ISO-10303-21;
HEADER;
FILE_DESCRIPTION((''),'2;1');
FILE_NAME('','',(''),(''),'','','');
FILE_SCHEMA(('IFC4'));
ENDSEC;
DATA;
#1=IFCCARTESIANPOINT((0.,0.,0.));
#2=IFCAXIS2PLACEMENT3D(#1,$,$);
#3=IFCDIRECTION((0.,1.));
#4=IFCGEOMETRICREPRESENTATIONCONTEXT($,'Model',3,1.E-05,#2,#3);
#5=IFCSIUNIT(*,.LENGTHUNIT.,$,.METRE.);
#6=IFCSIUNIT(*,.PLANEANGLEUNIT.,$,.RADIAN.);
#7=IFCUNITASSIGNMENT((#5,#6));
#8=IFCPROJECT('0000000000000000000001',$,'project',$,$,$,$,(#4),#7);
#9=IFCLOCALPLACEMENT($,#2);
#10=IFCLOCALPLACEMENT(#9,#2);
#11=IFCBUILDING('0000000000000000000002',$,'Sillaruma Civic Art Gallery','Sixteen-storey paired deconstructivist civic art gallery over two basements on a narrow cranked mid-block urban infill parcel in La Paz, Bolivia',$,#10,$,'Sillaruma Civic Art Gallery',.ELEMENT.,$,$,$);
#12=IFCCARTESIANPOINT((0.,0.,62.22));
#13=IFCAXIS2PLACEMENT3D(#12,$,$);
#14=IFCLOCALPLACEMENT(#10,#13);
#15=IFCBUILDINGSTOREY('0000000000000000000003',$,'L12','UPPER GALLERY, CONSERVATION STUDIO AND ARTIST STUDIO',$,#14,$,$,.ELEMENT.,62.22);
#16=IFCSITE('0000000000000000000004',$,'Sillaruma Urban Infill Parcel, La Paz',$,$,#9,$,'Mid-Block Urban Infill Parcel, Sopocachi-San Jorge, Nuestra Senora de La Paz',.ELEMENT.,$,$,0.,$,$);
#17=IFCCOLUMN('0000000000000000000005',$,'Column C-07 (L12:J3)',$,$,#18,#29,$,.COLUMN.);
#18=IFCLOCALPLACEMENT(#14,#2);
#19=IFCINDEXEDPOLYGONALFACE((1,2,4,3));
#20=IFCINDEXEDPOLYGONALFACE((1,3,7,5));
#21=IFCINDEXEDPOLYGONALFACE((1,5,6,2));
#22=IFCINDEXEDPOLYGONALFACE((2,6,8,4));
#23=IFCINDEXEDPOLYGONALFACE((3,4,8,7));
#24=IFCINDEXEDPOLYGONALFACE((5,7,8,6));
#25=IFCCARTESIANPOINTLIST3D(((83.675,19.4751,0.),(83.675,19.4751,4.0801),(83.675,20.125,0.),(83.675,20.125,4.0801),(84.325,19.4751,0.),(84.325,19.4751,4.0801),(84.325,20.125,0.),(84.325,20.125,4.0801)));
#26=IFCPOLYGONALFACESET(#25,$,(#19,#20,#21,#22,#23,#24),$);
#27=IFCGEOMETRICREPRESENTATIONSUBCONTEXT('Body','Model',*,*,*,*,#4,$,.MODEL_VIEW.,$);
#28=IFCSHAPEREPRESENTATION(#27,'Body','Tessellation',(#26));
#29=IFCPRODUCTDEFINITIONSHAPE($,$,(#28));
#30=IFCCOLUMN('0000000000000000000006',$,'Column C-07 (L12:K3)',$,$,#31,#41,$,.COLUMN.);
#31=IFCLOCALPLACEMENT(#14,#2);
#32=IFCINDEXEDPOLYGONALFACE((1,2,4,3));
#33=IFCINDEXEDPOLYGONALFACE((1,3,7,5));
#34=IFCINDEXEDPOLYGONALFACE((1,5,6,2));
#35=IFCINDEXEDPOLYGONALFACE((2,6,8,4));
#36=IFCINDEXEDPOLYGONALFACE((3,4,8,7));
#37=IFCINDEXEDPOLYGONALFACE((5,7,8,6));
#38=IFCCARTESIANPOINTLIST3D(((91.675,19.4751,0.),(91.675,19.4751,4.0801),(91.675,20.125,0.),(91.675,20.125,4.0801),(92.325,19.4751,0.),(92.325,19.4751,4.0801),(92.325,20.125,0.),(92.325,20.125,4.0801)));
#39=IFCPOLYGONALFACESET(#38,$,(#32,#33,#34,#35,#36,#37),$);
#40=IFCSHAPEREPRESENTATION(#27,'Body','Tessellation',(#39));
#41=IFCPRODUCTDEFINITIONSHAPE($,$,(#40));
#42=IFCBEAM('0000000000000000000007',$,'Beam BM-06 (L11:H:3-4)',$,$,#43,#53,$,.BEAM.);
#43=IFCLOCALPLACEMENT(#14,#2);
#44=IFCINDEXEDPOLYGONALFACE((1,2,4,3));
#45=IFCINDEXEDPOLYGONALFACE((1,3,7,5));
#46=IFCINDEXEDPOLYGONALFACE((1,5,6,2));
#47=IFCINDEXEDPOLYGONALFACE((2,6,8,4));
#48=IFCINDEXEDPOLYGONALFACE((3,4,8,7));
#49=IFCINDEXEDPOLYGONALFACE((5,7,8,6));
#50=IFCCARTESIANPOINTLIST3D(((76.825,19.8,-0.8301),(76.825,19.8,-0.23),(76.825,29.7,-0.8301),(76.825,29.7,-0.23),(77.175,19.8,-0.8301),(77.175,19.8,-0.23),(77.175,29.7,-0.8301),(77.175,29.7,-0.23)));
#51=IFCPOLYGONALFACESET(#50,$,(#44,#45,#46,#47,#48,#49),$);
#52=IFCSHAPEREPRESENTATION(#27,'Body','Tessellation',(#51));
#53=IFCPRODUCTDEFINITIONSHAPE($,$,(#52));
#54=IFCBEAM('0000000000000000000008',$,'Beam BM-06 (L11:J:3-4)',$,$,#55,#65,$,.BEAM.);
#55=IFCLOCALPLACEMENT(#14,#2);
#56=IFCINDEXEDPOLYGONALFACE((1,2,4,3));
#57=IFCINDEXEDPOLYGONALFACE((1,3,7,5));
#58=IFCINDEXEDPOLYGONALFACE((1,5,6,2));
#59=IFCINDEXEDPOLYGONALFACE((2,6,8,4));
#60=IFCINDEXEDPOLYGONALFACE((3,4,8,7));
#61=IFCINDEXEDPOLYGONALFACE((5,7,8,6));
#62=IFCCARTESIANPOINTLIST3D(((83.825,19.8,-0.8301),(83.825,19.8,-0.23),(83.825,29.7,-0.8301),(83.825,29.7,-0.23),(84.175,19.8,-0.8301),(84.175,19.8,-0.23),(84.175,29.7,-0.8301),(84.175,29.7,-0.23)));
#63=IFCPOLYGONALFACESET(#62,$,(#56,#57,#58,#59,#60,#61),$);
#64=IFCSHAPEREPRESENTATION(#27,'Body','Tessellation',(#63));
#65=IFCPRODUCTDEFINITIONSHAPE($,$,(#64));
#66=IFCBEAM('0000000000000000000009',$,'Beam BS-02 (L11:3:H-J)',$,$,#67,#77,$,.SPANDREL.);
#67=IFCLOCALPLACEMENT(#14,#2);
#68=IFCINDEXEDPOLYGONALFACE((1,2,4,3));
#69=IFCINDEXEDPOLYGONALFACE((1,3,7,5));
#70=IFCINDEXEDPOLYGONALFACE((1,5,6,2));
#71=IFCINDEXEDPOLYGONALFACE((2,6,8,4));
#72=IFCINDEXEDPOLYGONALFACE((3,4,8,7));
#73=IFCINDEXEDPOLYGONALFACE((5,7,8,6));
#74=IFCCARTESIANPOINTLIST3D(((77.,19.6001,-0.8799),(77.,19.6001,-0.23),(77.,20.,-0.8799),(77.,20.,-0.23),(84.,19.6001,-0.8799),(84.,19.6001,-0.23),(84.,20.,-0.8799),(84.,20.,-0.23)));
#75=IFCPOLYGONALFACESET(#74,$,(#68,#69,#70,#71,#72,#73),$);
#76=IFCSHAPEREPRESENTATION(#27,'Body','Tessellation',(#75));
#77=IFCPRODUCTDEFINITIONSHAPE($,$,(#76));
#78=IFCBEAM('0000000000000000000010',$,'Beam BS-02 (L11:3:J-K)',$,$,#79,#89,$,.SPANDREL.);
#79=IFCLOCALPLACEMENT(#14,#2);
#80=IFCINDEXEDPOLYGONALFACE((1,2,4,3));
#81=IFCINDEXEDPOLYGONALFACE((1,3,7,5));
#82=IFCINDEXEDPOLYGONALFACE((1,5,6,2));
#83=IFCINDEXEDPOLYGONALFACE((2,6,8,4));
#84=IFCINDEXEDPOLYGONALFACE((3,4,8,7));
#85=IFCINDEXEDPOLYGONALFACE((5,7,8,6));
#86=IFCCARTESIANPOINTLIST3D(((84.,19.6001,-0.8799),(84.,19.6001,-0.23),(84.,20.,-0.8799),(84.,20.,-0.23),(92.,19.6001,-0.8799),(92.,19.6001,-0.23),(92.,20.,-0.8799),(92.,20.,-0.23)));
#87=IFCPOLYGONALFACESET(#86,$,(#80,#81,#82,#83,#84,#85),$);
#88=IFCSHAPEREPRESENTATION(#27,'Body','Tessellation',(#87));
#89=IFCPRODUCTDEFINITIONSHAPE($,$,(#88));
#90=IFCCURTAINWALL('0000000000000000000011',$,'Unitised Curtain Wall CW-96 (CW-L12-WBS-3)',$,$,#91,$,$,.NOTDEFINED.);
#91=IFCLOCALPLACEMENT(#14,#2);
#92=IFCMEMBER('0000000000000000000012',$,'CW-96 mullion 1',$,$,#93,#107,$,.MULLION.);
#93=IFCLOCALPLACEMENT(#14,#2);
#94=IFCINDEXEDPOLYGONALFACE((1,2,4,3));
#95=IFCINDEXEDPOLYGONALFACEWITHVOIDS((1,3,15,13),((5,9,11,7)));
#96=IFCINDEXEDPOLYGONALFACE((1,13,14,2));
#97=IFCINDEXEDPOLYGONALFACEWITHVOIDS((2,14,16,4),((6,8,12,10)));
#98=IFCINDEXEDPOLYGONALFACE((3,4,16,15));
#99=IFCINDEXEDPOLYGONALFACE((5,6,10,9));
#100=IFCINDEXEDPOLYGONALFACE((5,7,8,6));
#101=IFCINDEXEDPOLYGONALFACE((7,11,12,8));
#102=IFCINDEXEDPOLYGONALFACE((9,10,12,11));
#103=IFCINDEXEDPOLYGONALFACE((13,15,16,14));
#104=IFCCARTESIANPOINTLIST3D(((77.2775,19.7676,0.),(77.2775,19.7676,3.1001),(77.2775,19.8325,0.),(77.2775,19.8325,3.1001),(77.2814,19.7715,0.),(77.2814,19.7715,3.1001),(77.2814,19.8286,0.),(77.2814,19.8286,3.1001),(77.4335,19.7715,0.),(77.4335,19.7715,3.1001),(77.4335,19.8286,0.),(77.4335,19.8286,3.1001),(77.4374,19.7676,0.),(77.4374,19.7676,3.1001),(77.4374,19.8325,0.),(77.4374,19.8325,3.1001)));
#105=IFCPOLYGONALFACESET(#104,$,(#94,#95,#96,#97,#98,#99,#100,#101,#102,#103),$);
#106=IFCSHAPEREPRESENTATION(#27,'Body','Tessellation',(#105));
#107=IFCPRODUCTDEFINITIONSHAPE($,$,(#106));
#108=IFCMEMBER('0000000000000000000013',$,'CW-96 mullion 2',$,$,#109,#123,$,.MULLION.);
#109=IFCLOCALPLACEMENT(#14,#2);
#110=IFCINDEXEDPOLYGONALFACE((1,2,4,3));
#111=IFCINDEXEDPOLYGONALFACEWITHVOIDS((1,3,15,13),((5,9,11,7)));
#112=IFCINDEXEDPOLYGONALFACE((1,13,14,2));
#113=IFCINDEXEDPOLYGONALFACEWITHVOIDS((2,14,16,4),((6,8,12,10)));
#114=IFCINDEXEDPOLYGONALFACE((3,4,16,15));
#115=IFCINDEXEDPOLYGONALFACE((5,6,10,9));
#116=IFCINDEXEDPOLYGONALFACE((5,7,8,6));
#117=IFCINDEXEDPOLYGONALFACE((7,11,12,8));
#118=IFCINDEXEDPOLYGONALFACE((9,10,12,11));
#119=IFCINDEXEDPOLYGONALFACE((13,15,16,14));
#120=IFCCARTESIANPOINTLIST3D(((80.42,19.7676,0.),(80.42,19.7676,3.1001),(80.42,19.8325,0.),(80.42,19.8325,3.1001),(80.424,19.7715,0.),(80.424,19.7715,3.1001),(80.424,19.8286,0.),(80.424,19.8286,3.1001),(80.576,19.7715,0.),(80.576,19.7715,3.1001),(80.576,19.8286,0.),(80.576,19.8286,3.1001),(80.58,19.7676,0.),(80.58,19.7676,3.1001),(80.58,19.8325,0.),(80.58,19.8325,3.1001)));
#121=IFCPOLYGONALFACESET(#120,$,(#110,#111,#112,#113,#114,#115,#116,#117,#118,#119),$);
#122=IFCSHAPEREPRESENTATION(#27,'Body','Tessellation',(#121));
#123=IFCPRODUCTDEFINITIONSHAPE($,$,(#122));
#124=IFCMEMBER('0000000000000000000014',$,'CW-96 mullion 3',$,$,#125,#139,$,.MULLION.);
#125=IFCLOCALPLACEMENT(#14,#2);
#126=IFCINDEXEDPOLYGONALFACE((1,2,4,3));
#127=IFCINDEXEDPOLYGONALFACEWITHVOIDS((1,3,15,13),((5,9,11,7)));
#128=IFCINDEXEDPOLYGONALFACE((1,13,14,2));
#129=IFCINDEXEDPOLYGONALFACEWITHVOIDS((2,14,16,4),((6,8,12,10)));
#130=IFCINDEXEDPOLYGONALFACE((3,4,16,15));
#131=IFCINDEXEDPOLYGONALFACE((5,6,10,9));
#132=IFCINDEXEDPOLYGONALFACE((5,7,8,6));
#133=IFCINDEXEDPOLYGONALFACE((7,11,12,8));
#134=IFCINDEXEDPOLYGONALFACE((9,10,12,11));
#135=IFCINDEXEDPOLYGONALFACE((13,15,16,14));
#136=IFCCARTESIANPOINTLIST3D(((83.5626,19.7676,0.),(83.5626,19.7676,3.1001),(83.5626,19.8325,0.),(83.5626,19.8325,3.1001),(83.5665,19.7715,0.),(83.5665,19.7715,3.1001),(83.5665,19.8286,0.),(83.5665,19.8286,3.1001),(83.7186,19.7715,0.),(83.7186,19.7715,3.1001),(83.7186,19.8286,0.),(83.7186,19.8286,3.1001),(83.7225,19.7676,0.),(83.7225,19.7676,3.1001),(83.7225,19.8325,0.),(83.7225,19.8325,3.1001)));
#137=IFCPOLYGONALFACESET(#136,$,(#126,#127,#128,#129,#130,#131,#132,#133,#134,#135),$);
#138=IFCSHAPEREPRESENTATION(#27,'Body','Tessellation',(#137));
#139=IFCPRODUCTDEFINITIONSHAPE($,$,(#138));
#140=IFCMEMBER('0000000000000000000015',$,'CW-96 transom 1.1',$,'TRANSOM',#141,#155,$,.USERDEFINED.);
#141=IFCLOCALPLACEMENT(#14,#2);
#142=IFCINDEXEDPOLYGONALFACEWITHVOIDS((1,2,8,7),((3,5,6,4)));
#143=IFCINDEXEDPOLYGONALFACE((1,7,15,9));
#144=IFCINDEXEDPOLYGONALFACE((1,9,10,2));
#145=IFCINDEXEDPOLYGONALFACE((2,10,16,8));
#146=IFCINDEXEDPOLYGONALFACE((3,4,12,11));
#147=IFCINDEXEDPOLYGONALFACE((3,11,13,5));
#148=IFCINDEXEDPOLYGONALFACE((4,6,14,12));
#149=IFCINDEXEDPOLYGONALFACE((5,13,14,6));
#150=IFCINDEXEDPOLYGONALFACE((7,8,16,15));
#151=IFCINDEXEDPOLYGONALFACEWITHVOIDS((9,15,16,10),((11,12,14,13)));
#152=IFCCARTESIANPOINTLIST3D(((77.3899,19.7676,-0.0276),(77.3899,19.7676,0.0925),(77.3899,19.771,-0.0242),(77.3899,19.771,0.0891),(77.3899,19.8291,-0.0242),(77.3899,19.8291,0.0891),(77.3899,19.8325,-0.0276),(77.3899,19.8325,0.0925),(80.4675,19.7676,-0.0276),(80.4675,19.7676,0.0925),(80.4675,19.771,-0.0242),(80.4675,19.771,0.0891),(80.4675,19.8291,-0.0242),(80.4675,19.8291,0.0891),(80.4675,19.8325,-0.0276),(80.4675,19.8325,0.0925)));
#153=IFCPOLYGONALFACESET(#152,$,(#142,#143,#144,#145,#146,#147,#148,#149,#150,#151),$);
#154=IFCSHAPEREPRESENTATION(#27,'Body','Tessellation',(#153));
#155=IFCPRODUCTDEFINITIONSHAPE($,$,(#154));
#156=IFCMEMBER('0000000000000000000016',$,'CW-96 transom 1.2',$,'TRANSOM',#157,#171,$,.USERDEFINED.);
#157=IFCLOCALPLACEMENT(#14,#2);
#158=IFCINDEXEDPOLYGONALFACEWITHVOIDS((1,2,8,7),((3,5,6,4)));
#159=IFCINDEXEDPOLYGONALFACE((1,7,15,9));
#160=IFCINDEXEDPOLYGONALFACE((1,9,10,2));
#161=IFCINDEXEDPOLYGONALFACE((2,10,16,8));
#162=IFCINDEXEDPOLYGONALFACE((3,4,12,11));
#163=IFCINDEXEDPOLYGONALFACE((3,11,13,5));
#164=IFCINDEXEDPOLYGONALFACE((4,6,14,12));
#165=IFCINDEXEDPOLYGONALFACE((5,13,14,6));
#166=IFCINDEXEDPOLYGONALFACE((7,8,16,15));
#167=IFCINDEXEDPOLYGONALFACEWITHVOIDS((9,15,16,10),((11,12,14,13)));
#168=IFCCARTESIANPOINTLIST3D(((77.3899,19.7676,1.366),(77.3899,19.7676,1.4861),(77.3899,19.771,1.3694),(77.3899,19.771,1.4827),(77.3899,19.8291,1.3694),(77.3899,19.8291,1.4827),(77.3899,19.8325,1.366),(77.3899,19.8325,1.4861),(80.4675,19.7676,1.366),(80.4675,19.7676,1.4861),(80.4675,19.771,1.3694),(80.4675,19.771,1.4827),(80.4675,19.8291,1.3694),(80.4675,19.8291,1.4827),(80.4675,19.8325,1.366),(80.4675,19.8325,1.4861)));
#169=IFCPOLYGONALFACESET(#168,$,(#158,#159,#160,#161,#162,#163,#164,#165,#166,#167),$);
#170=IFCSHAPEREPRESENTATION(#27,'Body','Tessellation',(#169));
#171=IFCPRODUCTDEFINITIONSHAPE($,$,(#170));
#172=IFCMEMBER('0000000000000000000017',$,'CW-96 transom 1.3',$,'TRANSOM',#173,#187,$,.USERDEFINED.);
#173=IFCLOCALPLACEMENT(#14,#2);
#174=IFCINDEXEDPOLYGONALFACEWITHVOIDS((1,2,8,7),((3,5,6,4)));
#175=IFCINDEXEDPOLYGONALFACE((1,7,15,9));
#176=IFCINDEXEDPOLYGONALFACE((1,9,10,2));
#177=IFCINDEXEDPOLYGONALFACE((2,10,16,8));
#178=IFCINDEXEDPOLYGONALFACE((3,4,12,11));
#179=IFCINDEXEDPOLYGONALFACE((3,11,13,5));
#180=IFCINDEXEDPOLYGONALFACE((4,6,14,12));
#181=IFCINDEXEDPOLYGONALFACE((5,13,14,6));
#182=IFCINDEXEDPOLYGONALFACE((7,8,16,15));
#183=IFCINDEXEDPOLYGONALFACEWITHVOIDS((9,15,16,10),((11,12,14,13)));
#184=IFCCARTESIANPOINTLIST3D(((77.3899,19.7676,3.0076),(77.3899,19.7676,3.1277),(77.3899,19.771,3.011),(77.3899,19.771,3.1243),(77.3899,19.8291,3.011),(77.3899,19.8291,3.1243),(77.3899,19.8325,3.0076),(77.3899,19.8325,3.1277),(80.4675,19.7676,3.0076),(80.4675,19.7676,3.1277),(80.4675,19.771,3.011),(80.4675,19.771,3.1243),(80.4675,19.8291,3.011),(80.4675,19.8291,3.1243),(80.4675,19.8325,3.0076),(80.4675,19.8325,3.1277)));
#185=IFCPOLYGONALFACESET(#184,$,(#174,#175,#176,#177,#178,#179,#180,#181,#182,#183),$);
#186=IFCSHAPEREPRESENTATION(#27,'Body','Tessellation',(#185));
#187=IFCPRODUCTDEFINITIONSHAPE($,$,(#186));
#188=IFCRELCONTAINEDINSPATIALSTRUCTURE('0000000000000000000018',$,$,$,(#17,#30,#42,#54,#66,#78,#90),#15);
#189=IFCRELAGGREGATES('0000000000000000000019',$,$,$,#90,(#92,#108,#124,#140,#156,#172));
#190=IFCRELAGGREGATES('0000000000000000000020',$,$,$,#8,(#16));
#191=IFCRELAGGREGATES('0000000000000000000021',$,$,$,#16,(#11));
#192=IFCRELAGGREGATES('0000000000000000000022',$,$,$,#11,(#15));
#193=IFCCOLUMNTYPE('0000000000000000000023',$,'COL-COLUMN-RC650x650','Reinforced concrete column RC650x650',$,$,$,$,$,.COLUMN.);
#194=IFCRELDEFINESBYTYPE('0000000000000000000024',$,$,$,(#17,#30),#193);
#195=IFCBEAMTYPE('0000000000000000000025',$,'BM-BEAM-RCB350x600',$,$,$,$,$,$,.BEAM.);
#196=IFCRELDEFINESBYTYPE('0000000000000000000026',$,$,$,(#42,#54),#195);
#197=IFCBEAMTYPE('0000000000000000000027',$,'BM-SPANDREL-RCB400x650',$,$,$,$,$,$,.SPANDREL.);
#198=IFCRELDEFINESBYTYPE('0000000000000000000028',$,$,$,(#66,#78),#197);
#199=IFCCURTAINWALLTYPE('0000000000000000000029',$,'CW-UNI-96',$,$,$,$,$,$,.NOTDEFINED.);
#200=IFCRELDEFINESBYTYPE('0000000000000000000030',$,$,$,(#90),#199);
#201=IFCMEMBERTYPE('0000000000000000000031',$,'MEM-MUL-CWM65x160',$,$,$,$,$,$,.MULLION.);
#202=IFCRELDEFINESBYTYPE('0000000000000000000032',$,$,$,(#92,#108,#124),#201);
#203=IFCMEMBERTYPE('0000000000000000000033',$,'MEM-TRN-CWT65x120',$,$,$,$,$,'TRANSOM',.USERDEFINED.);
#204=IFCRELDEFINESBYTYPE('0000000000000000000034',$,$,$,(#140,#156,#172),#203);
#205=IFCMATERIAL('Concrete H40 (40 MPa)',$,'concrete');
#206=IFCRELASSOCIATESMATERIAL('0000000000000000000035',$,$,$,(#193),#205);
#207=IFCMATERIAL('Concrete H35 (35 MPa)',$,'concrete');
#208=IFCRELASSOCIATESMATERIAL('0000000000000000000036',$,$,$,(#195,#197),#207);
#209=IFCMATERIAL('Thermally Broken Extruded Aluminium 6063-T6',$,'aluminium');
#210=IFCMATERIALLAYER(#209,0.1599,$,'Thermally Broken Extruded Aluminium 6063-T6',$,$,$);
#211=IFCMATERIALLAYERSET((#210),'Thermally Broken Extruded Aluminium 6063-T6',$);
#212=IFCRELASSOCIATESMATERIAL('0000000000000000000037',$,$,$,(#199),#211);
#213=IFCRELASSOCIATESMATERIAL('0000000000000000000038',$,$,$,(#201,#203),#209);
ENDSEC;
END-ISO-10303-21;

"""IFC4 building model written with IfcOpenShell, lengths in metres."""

from ifc_helpers import new_model, si_unit, direction, frame, origin, origin_2d, place, context, subcontext, project, spatial, rectangle, hollow_rectangle, extrude, material, layer, layer_set, material_profile, profile_set, type_object, element, aggregate, save


model = new_model("IFC4")

# Units and contexts
model_context = context("Model", 3, precision=1e-05, world=origin(), true_north=direction((0.0, 1.0)))
body_context = subcontext(model_context, "Body", "Model", "MODEL_VIEW")
ifc_project = project(units=[si_unit("LENGTHUNIT", "METRE"), si_unit("PLANEANGLEUNIT", "RADIAN")], contexts=[model_context])

# Site, building, storey
site_placement = place(None, origin())
site = spatial("IfcSite", under=ifc_project, at=site_placement, Name="Sillaruma Urban Infill Parcel, La Paz", LongName="Mid-Block Urban Infill Parcel, Sopocachi-San Jorge, Nuestra Senora de La Paz", CompositionType="ELEMENT", RefElevation=0.0)
building_placement = place(site_placement, origin())
building = spatial("IfcBuilding", under=site, at=building_placement, Name="Sillaruma Civic Art Gallery", Description="Sixteen-storey paired deconstructivist civic art gallery over two basements on a narrow cranked mid-block urban infill parcel in La Paz, Bolivia", LongName="Sillaruma Civic Art Gallery", CompositionType="ELEMENT")
storey_placement = place(building_placement, frame((0.0, 0.0, 62.22)))
storey = spatial("IfcBuildingStorey", under=building, at=storey_placement, Name="L12", Description="UPPER GALLERY, CONSERVATION STUDIO AND ARTIST STUDIO", CompositionType="ELEMENT", Elevation=62.22)

# Columns
ifc_material_1 = material(Name="Concrete H40 (40 MPa)", Category="concrete")
ifc_material_profile_1 = material_profile(ifc_material_1, rectangle(XDim=0.6499, YDim=0.6499, at=origin_2d()), Name="RC650x650")
ifc_profile_set_1 = profile_set([ifc_material_profile_1], Name="Concrete H40 (40 MPa)")
column_type = type_object("IfcColumnType", Name="COL-COLUMN-RC650x650", Description="Reinforced concrete column RC650x650", PredefinedType="COLUMN", material=ifc_profile_set_1)
for number, where, z_axis, x_axis, name in (
    (1, (84.0, 19.8, 0.0), (0.0, 0.0, 1.0), (1.0, 0.0, 0.0), "Column C-07 (L12:J3)"),
    (2, (92.0, 19.8, 0.0), (0.0, 0.0, 1.0), (1.0, 0.0, 0.0), "Column C-07 (L12:K3)"),
):
    element("IfcColumn", number, at=place(storey_placement, frame(where, z_axis=z_axis, x_axis=x_axis)), inside=storey, type_object=column_type, Name=name, PredefinedType="COLUMN", context=body_context, shape_type="SweptSolid", body=[
        extrude(rectangle(XDim=0.6499, YDim=0.6499, at=origin_2d()), origin(), (0.0, 0.0, 1.0), 4.0801),
    ])

# Beams
ifc_material_2 = material(Name="Concrete H35 (35 MPa)", Category="concrete")
ifc_material_profile_2 = material_profile(ifc_material_2, rectangle(XDim=0.3501, YDim=0.6001, at=origin_2d()), Name="RCB350x600")
ifc_profile_set_2 = profile_set([ifc_material_profile_2], Name="Concrete H35 (35 MPa)")
beam_type_1 = type_object("IfcBeamType", Name="BM-BEAM-RCB350x600", PredefinedType="BEAM", material=ifc_profile_set_2)
for number, where, z_axis, x_axis, name in (
    (3, (77.0, 19.8, -0.53), (0.0, 1.0, 0.0), (-1.0, 0.0, 0.0), "Beam BM-06 (L11:H:3-4)"),
    (4, (84.0, 19.8, -0.53), (0.0, 1.0, 0.0), (-1.0, 0.0, 0.0), "Beam BM-06 (L11:J:3-4)"),
):
    element("IfcBeam", number, at=place(storey_placement, frame(where, z_axis=z_axis, x_axis=x_axis)), inside=storey, type_object=beam_type_1, Name=name, PredefinedType="BEAM", context=body_context, shape_type="SweptSolid", body=[
        extrude(rectangle(XDim=0.3501, YDim=0.6001, at=origin_2d()), origin(), (0.0, 0.0, 1.0), 9.8999),
    ])
ifc_material_profile_3 = material_profile(ifc_material_2, rectangle(XDim=0.3999, YDim=0.6499, at=origin_2d()), Name="RCB400x650")
ifc_profile_set_3 = profile_set([ifc_material_profile_3], Name="Concrete H35 (35 MPa)")
beam_type_2 = type_object("IfcBeamType", Name="BM-SPANDREL-RCB400x650", PredefinedType="SPANDREL", material=ifc_profile_set_3)
beam_1_placement = place(storey_placement, frame((77.0, 19.8, -0.5549), z_axis=(1.0, 0.0, 0.0), x_axis=(0.0, 1.0, 0.0)))
element("IfcBeam", 5, at=beam_1_placement, inside=storey, type_object=beam_type_2, Name="Beam BS-02 (L11:3:H-J)", PredefinedType="SPANDREL", context=body_context, shape_type="SweptSolid", body=[
    extrude(rectangle(XDim=0.3999, YDim=0.6499, at=origin_2d()), origin(), (0.0, 0.0, 1.0), 7.0),
])
beam_2_placement = place(storey_placement, frame((84.0, 19.8, -0.5549), z_axis=(1.0, 0.0, 0.0), x_axis=(0.0, 1.0, 0.0)))
element("IfcBeam", 6, at=beam_2_placement, inside=storey, type_object=beam_type_2, Name="Beam BS-02 (L11:3:J-K)", PredefinedType="SPANDREL", context=body_context, shape_type="SweptSolid", body=[
    extrude(rectangle(XDim=0.3999, YDim=0.6499, at=origin_2d()), origin(), (0.0, 0.0, 1.0), 8.0),
])

# Curtain wall, members
ifc_material_3 = material(Name="Thermally Broken Extruded Aluminium 6063-T6", Category="aluminium")
ifc_layer_1 = layer(ifc_material_3, 0.1599, Name="Thermally Broken Extruded Aluminium 6063-T6")
ifc_layer_set_1 = layer_set([ifc_layer_1], Name="Thermally Broken Extruded Aluminium 6063-T6")
curtain_wall_type = type_object("IfcCurtainWallType", Name="CW-UNI-96", PredefinedType="NOTDEFINED", material=ifc_layer_set_1)
curtain_wall_placement = place(storey_placement, origin())
curtain_wall = element("IfcCurtainWall", 7, at=curtain_wall_placement, inside=storey, type_object=curtain_wall_type, Name="Unitised Curtain Wall CW-96 (CW-L12-WBS-3)", PredefinedType="NOTDEFINED")
ifc_material_profile_4 = material_profile(ifc_material_3, hollow_rectangle(XDim=0.0649, YDim=0.1599, WallThickness=0.0039, at=origin_2d()), Name="CWM65x160")
ifc_profile_set_4 = profile_set([ifc_material_profile_4], Name="Thermally Broken Extruded Aluminium 6063-T6")
member_type_1 = type_object("IfcMemberType", Name="MEM-MUL-CWM65x160", PredefinedType="MULLION", material=ifc_profile_set_4)
member_1_placement = place(storey_placement, frame((77.3574, 19.8, 0.0), z_axis=(0.0, 0.0, 1.0), x_axis=(0.0, 1.0, 0.0)))
member_1 = element("IfcMember", 8, at=member_1_placement, type_object=member_type_1, Name="CW-96 mullion 1", PredefinedType="MULLION", context=body_context, shape_type="SweptSolid", body=[
    extrude(hollow_rectangle(XDim=0.0649, YDim=0.1599, WallThickness=0.0039, at=origin_2d()), origin(), (0.0, 0.0, 1.0), 3.1001),
])
member_2_placement = place(storey_placement, frame((80.5, 19.8, 0.0), z_axis=(0.0, 0.0, 1.0), x_axis=(0.0, 1.0, 0.0)))
member_2 = element("IfcMember", 9, at=member_2_placement, type_object=member_type_1, Name="CW-96 mullion 2", PredefinedType="MULLION", context=body_context, shape_type="SweptSolid", body=[
    extrude(hollow_rectangle(XDim=0.0649, YDim=0.1599, WallThickness=0.0039, at=origin_2d()), origin(), (0.0, 0.0, 1.0), 3.1001),
])
member_3_placement = place(storey_placement, frame((83.6426, 19.8, 0.0), z_axis=(0.0, 0.0, 1.0), x_axis=(0.0, 1.0, 0.0)))
member_3 = element("IfcMember", 10, at=member_3_placement, type_object=member_type_1, Name="CW-96 mullion 3", PredefinedType="MULLION", context=body_context, shape_type="SweptSolid", body=[
    extrude(hollow_rectangle(XDim=0.0649, YDim=0.1599, WallThickness=0.0039, at=origin_2d()), origin(), (0.0, 0.0, 1.0), 3.1001),
])
ifc_material_profile_5 = material_profile(ifc_material_3, hollow_rectangle(XDim=0.0649, YDim=0.1201, WallThickness=0.0034, at=origin_2d()), Name="CWT65x120")
ifc_profile_set_5 = profile_set([ifc_material_profile_5], Name="Thermally Broken Extruded Aluminium 6063-T6")
member_type_2 = type_object("IfcMemberType", Name="MEM-TRN-CWT65x120", ElementType="TRANSOM", PredefinedType="USERDEFINED", material=ifc_profile_set_5)
member_4_placement = place(storey_placement, frame((77.3899, 19.8, 0.0325), z_axis=(1.0, 0.0, 0.0), x_axis=(0.0, 1.0, 0.0)))
member_4 = element("IfcMember", 11, at=member_4_placement, type_object=member_type_2, Name="CW-96 transom 1.1", ObjectType="TRANSOM", PredefinedType="USERDEFINED", context=body_context, shape_type="SweptSolid", body=[
    extrude(hollow_rectangle(XDim=0.0649, YDim=0.1201, WallThickness=0.0034, at=origin_2d()), origin(), (0.0, 0.0, 1.0), 3.0776),
])
member_5_placement = place(storey_placement, frame((77.3899, 19.8, 1.426), z_axis=(1.0, 0.0, 0.0), x_axis=(0.0, 1.0, 0.0)))
member_5 = element("IfcMember", 12, at=member_5_placement, type_object=member_type_2, Name="CW-96 transom 1.2", ObjectType="TRANSOM", PredefinedType="USERDEFINED", context=body_context, shape_type="SweptSolid", body=[
    extrude(hollow_rectangle(XDim=0.0649, YDim=0.1201, WallThickness=0.0034, at=origin_2d()), origin(), (0.0, 0.0, 1.0), 3.0776),
])
member_6_placement = place(storey_placement, frame((77.3899, 19.8, 3.0676), z_axis=(1.0, 0.0, 0.0), x_axis=(0.0, 1.0, 0.0)))
member_6 = element("IfcMember", 13, at=member_6_placement, type_object=member_type_2, Name="CW-96 transom 1.3", ObjectType="TRANSOM", PredefinedType="USERDEFINED", context=body_context, shape_type="SweptSolid", body=[
    extrude(hollow_rectangle(XDim=0.0649, YDim=0.1201, WallThickness=0.0034, at=origin_2d()), origin(), (0.0, 0.0, 1.0), 3.0776),
])
aggregate(curtain_wall, [member_1, member_2, member_3, member_4, member_5, member_6])

save(model, "model.ifc")
